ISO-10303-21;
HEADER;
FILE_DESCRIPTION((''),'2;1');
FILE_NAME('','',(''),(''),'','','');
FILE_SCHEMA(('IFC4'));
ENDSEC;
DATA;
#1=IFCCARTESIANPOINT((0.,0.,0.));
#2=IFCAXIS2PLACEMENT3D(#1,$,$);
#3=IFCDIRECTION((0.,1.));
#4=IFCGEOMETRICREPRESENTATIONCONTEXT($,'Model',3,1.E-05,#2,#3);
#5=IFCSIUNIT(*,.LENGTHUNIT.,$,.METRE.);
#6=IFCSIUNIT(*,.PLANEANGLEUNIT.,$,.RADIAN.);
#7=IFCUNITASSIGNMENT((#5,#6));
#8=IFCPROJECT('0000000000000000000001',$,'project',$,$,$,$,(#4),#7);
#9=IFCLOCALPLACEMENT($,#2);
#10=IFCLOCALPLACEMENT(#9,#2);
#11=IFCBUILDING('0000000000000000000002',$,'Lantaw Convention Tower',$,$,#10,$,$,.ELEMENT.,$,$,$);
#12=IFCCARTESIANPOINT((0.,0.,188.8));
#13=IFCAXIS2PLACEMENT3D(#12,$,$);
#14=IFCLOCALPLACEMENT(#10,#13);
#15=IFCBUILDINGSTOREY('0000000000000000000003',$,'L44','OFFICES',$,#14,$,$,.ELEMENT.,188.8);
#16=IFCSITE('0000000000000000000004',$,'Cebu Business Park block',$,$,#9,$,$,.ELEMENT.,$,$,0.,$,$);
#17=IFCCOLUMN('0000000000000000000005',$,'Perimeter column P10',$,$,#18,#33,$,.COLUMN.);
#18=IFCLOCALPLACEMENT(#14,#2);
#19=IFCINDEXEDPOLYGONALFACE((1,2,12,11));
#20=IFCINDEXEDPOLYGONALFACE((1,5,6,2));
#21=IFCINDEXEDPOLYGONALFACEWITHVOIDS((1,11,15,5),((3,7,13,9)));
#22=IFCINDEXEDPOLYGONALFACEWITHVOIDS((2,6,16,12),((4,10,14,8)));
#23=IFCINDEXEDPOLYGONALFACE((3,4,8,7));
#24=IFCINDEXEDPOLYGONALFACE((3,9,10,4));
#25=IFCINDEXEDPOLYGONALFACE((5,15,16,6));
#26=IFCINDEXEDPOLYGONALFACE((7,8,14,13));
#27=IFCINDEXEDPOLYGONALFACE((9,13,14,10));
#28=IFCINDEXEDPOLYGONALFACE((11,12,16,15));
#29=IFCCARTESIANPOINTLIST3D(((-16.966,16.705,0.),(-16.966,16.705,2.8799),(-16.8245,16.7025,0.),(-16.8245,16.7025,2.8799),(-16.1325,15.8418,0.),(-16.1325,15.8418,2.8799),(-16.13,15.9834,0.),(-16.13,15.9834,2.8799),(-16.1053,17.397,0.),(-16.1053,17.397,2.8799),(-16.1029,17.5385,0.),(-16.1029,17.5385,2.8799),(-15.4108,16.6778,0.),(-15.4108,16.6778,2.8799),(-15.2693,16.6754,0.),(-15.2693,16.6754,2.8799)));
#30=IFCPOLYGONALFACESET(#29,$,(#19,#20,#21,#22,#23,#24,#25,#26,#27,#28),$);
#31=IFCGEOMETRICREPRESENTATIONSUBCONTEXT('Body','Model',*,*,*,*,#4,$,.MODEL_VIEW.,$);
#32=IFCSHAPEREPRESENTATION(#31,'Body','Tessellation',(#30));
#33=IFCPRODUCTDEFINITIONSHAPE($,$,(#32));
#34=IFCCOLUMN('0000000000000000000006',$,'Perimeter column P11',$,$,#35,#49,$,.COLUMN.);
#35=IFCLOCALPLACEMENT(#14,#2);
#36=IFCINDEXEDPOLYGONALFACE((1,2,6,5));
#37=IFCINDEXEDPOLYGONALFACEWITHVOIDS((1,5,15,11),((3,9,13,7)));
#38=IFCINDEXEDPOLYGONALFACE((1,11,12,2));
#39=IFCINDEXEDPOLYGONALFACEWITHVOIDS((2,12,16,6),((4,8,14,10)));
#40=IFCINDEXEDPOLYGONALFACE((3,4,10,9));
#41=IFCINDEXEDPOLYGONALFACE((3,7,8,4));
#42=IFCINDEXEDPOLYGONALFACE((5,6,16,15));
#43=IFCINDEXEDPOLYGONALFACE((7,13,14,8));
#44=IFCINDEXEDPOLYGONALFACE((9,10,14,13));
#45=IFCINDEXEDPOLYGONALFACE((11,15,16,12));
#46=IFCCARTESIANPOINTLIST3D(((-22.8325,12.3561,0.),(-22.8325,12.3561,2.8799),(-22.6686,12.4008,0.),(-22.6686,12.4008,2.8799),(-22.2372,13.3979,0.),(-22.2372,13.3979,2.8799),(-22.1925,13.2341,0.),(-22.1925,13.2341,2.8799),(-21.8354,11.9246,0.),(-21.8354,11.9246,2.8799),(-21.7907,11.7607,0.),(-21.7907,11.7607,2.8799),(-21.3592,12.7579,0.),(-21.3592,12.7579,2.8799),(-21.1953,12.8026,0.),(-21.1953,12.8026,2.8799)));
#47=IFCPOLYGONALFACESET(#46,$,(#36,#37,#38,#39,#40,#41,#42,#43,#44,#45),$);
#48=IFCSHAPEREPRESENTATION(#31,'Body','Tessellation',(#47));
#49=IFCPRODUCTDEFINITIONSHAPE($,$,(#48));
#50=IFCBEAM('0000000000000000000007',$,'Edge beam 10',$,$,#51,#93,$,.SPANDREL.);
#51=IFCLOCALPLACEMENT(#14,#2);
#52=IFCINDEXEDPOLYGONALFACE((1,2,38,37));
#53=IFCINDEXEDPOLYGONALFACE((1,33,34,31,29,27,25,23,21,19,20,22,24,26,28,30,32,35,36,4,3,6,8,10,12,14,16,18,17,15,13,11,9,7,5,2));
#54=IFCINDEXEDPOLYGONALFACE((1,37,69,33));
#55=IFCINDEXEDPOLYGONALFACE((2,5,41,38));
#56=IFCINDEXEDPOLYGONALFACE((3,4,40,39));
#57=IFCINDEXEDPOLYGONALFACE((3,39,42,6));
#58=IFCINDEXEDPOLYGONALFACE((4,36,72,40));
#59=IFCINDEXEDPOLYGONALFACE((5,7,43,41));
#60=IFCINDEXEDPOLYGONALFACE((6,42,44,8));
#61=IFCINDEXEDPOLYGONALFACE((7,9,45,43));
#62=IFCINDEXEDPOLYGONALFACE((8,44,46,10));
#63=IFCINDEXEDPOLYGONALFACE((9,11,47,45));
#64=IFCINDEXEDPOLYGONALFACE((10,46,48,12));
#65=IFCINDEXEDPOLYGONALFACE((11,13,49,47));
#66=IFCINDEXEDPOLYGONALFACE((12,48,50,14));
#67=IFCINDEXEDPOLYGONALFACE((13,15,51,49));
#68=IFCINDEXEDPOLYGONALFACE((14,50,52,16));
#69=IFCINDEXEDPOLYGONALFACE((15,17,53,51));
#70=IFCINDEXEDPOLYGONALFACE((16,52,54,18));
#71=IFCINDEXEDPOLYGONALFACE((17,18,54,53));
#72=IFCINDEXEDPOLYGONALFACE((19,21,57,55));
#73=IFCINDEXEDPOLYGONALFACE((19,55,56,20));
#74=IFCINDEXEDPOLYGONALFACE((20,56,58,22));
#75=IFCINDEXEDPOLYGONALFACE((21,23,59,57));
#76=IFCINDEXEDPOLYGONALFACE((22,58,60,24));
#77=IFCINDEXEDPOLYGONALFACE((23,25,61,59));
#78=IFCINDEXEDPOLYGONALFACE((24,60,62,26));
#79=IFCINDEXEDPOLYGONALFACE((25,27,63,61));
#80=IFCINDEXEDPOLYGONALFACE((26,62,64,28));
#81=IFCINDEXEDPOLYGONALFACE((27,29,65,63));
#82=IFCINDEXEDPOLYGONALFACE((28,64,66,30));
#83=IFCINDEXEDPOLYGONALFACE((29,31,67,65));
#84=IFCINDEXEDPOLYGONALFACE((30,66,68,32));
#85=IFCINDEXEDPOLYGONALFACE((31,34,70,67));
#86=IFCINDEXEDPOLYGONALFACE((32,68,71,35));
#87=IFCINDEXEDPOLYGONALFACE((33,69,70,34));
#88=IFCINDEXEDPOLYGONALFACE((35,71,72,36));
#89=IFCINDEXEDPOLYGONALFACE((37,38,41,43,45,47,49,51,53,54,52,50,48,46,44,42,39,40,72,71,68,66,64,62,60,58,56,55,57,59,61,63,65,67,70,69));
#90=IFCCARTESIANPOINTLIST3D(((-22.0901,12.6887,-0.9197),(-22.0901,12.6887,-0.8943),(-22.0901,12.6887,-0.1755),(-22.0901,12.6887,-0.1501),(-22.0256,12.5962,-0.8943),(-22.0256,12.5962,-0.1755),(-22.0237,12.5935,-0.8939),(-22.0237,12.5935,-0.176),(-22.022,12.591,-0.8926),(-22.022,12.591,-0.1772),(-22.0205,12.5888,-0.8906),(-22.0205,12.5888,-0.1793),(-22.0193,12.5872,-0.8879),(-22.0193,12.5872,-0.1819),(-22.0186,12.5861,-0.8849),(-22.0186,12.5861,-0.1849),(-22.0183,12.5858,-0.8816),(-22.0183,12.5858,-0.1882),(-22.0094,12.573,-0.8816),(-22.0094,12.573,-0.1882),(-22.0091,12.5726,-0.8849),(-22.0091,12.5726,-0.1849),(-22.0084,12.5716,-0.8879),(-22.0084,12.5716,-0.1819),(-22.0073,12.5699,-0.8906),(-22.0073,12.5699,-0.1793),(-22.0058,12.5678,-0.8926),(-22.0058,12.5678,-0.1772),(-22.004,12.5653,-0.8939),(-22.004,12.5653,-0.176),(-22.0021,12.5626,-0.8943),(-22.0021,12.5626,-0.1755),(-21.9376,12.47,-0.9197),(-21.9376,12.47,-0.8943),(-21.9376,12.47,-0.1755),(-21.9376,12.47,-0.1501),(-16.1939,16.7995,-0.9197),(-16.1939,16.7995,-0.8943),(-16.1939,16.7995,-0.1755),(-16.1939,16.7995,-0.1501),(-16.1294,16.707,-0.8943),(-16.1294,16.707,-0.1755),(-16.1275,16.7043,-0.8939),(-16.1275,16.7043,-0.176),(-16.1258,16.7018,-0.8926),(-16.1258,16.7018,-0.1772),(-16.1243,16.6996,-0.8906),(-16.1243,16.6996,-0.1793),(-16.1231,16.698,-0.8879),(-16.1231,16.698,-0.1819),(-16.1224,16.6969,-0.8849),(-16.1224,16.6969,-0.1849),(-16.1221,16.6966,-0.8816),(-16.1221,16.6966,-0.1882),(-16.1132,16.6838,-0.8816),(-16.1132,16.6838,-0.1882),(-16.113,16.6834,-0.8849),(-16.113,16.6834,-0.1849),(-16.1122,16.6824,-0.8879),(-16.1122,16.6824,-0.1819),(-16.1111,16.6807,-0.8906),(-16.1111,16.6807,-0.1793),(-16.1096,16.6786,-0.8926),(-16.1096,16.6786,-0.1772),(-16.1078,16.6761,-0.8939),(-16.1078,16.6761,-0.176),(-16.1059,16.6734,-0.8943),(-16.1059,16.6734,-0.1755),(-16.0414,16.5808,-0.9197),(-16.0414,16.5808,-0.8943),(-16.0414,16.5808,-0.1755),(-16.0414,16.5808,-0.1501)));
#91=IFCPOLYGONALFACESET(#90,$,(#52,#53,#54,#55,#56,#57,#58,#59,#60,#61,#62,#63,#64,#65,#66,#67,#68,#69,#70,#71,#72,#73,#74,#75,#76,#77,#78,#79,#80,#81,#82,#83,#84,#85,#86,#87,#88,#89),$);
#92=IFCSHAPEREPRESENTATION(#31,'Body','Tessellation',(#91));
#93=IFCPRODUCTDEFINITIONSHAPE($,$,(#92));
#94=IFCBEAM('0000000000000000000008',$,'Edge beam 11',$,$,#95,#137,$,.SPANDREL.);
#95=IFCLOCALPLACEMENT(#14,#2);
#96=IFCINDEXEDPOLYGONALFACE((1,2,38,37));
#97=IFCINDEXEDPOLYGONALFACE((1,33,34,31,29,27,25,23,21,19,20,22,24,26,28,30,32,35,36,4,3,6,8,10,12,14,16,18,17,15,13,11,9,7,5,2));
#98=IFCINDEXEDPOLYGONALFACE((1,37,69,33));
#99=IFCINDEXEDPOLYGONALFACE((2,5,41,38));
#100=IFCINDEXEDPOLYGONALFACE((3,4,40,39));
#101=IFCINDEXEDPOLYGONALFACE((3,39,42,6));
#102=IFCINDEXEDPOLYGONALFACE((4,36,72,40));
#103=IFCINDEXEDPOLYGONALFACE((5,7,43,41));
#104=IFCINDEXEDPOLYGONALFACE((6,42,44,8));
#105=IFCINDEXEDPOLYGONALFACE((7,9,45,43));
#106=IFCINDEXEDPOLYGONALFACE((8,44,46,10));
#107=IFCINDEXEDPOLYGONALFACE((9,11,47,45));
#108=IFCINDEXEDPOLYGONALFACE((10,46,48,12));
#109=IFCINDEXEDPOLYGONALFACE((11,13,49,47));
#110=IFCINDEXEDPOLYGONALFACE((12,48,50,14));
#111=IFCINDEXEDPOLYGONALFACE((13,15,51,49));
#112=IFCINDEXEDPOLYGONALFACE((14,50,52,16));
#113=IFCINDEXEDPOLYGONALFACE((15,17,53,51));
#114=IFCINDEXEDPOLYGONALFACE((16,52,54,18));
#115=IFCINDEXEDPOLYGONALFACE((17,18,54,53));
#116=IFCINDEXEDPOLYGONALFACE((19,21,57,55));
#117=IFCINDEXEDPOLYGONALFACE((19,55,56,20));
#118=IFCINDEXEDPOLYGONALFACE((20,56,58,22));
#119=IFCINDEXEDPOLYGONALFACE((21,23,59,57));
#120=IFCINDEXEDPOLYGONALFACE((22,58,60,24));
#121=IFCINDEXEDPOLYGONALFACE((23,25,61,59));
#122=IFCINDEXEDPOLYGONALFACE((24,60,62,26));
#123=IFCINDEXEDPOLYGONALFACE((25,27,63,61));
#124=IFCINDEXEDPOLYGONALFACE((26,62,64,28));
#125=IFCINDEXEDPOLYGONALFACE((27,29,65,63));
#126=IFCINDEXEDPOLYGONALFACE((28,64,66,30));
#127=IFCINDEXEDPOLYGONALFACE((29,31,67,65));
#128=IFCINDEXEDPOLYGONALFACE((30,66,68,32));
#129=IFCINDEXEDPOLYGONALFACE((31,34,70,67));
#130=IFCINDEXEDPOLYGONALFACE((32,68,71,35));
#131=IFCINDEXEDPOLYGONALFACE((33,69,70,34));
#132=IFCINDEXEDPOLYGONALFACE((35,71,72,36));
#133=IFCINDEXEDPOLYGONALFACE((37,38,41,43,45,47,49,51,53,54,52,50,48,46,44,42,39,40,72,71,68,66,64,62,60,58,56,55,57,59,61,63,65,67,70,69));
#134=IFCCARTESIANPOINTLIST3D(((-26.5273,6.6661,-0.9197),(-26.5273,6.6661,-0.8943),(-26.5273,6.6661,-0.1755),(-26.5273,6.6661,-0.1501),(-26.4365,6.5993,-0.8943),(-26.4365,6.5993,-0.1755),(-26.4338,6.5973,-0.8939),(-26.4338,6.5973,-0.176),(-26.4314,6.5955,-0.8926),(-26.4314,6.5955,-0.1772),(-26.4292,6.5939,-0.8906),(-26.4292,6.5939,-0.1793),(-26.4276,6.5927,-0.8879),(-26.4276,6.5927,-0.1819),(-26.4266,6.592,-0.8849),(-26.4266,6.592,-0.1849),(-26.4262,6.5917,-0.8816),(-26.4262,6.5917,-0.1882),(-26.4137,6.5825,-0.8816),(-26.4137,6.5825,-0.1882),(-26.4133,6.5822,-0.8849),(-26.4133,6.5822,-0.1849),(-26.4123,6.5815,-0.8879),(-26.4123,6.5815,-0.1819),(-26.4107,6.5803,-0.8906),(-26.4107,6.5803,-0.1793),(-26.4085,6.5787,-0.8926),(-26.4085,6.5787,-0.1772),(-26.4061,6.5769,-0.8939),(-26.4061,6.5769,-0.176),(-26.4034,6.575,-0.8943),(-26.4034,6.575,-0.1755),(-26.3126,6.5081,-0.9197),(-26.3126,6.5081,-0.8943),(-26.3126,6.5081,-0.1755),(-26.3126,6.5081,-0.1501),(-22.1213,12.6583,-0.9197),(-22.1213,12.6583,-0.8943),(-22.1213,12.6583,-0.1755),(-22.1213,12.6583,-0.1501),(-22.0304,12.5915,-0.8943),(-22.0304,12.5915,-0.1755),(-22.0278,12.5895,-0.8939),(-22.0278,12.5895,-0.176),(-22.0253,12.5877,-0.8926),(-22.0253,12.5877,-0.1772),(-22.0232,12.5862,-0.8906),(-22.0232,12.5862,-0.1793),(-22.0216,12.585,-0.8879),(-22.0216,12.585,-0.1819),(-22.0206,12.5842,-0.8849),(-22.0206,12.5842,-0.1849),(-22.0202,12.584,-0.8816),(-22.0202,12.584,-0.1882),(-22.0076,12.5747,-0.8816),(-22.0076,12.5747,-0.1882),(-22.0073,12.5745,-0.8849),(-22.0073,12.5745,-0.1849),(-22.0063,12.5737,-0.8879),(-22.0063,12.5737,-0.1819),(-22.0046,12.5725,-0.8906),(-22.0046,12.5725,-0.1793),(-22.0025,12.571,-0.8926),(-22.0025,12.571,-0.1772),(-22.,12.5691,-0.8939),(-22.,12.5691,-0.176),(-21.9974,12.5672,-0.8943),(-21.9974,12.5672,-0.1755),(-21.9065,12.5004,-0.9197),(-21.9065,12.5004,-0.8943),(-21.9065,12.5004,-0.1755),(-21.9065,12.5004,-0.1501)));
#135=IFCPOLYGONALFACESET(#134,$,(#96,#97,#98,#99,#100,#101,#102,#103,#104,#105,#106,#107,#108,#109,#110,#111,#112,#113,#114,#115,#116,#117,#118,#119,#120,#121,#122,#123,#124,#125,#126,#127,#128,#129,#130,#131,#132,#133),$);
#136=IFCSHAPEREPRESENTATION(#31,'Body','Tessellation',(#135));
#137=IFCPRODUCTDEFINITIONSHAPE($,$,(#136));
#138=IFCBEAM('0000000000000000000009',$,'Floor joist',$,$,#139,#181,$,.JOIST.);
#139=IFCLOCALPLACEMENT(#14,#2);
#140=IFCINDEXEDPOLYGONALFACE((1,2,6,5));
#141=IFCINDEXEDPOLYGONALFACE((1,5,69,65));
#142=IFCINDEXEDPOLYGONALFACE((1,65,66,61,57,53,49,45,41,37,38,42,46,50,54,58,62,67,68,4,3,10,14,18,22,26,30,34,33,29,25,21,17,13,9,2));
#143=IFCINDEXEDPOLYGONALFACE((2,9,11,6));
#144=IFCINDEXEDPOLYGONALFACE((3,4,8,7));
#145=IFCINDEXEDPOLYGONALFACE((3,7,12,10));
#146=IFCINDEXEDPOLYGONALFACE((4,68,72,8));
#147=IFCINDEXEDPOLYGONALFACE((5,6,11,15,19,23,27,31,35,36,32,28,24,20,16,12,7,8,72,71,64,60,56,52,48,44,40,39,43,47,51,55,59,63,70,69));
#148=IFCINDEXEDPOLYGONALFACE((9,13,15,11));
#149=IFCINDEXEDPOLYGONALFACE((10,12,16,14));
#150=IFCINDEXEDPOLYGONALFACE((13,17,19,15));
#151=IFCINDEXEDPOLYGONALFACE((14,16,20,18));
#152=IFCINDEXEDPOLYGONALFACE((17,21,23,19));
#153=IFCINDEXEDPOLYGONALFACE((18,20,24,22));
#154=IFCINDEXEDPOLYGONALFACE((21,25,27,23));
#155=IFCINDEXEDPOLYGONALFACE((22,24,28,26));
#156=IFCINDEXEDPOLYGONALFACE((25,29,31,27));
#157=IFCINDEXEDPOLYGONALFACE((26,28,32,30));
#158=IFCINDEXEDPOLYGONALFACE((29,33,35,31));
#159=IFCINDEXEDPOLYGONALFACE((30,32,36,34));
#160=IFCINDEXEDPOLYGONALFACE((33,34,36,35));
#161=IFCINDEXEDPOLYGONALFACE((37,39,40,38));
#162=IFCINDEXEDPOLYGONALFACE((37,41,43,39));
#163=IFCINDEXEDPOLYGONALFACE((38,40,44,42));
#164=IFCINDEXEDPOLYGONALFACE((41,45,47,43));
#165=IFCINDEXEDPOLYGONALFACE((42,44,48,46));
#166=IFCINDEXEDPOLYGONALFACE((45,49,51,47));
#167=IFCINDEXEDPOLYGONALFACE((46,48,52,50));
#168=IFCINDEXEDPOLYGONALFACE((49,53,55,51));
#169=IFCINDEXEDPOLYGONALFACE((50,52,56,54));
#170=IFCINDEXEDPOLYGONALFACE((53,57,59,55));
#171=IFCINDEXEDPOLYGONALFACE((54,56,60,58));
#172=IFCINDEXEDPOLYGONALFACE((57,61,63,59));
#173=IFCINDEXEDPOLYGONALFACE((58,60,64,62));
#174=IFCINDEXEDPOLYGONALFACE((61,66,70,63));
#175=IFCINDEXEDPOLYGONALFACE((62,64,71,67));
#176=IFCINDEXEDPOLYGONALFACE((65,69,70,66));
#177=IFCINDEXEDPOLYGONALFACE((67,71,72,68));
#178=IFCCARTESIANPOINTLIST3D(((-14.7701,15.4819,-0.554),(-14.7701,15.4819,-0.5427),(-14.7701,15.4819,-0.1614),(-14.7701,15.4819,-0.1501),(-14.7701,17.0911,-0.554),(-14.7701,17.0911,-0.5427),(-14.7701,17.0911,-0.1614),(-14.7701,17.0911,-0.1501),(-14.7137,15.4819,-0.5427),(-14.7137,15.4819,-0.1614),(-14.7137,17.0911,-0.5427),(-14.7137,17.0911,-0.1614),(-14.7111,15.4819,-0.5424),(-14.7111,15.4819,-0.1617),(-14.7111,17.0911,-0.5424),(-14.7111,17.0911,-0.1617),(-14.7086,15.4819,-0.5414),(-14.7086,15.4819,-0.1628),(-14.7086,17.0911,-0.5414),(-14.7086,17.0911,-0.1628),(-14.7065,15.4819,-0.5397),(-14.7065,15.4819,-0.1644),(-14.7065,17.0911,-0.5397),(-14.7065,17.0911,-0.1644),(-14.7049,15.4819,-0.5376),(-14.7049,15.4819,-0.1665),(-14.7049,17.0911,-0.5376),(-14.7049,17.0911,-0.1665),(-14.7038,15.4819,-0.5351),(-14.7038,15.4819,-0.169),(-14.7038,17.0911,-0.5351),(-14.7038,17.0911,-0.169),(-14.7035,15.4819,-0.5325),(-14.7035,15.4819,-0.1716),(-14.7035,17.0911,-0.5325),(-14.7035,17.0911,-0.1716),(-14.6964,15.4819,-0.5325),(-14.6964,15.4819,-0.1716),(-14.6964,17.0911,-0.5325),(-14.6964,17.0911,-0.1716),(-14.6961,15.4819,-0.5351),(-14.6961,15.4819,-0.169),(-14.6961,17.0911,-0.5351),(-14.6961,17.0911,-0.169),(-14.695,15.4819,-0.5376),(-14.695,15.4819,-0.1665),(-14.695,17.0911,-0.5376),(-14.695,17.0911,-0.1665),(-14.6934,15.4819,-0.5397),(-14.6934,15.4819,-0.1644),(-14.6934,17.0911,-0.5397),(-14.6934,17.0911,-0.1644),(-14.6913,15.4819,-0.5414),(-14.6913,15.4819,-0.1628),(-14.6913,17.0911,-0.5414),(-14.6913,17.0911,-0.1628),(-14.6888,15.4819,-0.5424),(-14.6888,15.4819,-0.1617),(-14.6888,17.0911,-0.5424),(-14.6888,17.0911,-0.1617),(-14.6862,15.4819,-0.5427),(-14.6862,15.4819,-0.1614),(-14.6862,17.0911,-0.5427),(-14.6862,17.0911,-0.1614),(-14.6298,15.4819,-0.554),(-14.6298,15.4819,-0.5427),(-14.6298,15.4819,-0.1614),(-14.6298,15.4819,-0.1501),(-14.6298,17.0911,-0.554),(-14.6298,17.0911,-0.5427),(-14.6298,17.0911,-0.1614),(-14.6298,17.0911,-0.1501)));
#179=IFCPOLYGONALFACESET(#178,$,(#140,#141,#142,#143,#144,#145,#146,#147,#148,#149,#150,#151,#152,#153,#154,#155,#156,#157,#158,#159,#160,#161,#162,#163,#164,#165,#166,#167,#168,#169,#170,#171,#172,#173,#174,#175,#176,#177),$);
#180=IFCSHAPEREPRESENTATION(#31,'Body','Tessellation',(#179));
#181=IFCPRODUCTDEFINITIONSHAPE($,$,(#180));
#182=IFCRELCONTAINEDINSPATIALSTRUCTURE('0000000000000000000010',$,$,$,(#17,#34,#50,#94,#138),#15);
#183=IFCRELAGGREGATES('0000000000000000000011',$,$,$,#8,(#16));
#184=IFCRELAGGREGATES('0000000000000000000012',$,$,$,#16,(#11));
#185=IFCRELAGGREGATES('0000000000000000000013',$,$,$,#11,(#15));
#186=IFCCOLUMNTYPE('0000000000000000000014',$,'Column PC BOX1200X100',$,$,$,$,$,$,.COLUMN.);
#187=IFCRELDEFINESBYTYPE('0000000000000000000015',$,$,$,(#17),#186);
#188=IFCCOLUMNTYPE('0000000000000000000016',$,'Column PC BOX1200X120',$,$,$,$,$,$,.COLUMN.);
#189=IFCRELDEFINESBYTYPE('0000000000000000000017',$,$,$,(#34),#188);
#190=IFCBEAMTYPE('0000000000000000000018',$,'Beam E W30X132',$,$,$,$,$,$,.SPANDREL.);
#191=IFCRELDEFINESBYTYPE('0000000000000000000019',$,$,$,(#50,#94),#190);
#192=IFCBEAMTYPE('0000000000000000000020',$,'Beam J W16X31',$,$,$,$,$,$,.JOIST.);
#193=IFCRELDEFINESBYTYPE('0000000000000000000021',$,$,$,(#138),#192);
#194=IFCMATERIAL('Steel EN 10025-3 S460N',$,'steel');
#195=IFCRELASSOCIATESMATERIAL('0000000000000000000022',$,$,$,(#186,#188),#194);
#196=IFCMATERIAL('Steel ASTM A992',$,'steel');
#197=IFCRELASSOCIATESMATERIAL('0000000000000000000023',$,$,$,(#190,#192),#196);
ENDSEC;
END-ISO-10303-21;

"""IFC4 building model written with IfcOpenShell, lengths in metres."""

from ifc_helpers import new_model, si_unit, direction, frame, origin, origin_2d, place, context, subcontext, project, spatial, rectangle, hollow_rectangle, i_section, extrude, material, material_profile, profile_set, type_object, element, save


model = new_model("IFC4")

# Units and contexts
model_context = context("Model", 3, precision=1e-05, world=origin(), true_north=direction((0.0, 1.0)))
body_context = subcontext(model_context, "Body", "Model", "MODEL_VIEW")
ifc_project = project(units=[si_unit("LENGTHUNIT", "METRE"), si_unit("PLANEANGLEUNIT", "RADIAN")], contexts=[model_context])

# Site, building, storey
site_placement = place(None, origin())
site = spatial("IfcSite", under=ifc_project, at=site_placement, Name="Cebu Business Park block", CompositionType="ELEMENT", RefElevation=0.0)
building_placement = place(site_placement, origin())
building = spatial("IfcBuilding", under=site, at=building_placement, Name="Lantaw Convention Tower", CompositionType="ELEMENT")
storey_placement = place(building_placement, frame((0.0, 0.0, 188.8)))
storey = spatial("IfcBuildingStorey", under=building, at=storey_placement, Name="L44", Description="OFFICES", CompositionType="ELEMENT", Elevation=188.8)

# Columns
ifc_material_1 = material(Name="Steel EN 10025-3 S460N", Category="steel")
ifc_material_profile_1 = material_profile(ifc_material_1, hollow_rectangle(XDim=1.2, YDim=1.2, WallThickness=0.1001, at=origin_2d()), Name="BOX1200X100")
ifc_material_2 = material(Name="Concrete C60/75", Category="concrete")
ifc_material_profile_2 = material_profile(ifc_material_2, rectangle(XDim=1.0, YDim=1.0, at=origin_2d()), Name="Concrete fill of BOX1200X100")
ifc_profile_set_1 = profile_set([ifc_material_profile_1, ifc_material_profile_2], Name="Steel EN 10025-3 S460N")
column_type_1 = type_object("IfcColumnType", Name="Column PC BOX1200X100", PredefinedType="COLUMN", material=ifc_profile_set_1)
column_1_placement = place(storey_placement, frame((-16.1177, 16.6902, 0.0), z_axis=(0.0, 0.0, 1.0), x_axis=(0.71934, 0.694658, 0.0)))
element("IfcColumn", 1, at=column_1_placement, inside=storey, type_object=column_type_1, Name="Perimeter column P10", PredefinedType="COLUMN", context=body_context, shape_type="SweptSolid", body=[
    extrude(hollow_rectangle(XDim=1.2, YDim=1.2, WallThickness=0.1001, at=origin_2d()), origin(), (0.0, 0.0, 1.0), 2.8799),
])
ifc_material_profile_3 = material_profile(ifc_material_1, hollow_rectangle(XDim=1.2, YDim=1.2, WallThickness=0.1201, at=origin_2d()), Name="BOX1200X120")
ifc_material_profile_4 = material_profile(ifc_material_2, rectangle(XDim=0.96, YDim=0.96, at=origin_2d()), Name="Concrete fill of BOX1200X120")
ifc_profile_set_2 = profile_set([ifc_material_profile_3, ifc_material_profile_4], Name="Steel EN 10025-3 S460N")
column_type_2 = type_object("IfcColumnType", Name="Column PC BOX1200X120", PredefinedType="COLUMN", material=ifc_profile_set_2)
column_2_placement = place(storey_placement, frame((-22.0139, 12.5793, 0.0), z_axis=(0.0, 0.0, 1.0), x_axis=(0.496139, 0.868243, 0.0)))
element("IfcColumn", 2, at=column_2_placement, inside=storey, type_object=column_type_2, Name="Perimeter column P11", PredefinedType="COLUMN", context=body_context, shape_type="SweptSolid", body=[
    extrude(hollow_rectangle(XDim=1.2, YDim=1.2, WallThickness=0.1201, at=origin_2d()), origin(), (0.0, 0.0, 1.0), 2.8799),
])

# Beams
ifc_material_3 = material(Name="Steel ASTM A992", Category="steel")
ifc_material_profile_5 = material_profile(ifc_material_3, i_section(OverallWidth=0.2666, OverallDepth=0.7695, WebThickness=0.0156, FlangeThickness=0.0254, FilletRadius=0.0127, at=origin_2d()), Name="W30X132")
ifc_profile_set_3 = profile_set([ifc_material_profile_5], Name="Steel ASTM A992")
beam_type_1 = type_object("IfcBeamType", Name="Beam E W30X132", PredefinedType="SPANDREL", material=ifc_profile_set_3)
beam_1_placement = place(storey_placement, frame((-16.1177, 16.6902, -0.5349), z_axis=(-0.820311, -0.571918, 0.0), x_axis=(0.571918, -0.820311, 0.0)))
element("IfcBeam", 3, at=beam_1_placement, inside=storey, type_object=beam_type_1, Name="Edge beam 10", PredefinedType="SPANDREL", context=body_context, shape_type="SweptSolid", body=[
    extrude(i_section(OverallWidth=0.2666, OverallDepth=0.7695, WebThickness=0.0156, FlangeThickness=0.0254, FilletRadius=0.0127, at=origin_2d()), origin(), (0.0, 0.0, 1.0), 7.1877),
])
beam_2_placement = place(storey_placement, frame((-22.0139, 12.5793, -0.5349), z_axis=(-0.592389, -0.805652, 0.0), x_axis=(0.805652, -0.592389, 0.0)))
element("IfcBeam", 4, at=beam_2_placement, inside=storey, type_object=beam_type_1, Name="Edge beam 11", PredefinedType="SPANDREL", context=body_context, shape_type="SweptSolid", body=[
    extrude(i_section(OverallWidth=0.2666, OverallDepth=0.7695, WebThickness=0.0156, FlangeThickness=0.0254, FilletRadius=0.0127, at=origin_2d()), origin(), (0.0, 0.0, 1.0), 7.4377),
])
ifc_material_profile_6 = material_profile(ifc_material_3, i_section(OverallWidth=0.1404, OverallDepth=0.4038, WebThickness=0.0071, FlangeThickness=0.0112, FilletRadius=0.0103, at=origin_2d()), Name="W16X31")
ifc_profile_set_4 = profile_set([ifc_material_profile_6], Name="Steel ASTM A992")
beam_type_2 = type_object("IfcBeamType", Name="Beam J W16X31", PredefinedType="JOIST", material=ifc_profile_set_4)
beam_3_placement = place(storey_placement, frame((-14.7, 15.4819, -0.3521), z_axis=(0.0, 1.0, 0.0), x_axis=(-1.0, 0.0, 0.0)))
element("IfcBeam", 5, at=beam_3_placement, inside=storey, type_object=beam_type_2, Name="Floor joist", PredefinedType="JOIST", context=body_context, shape_type="SweptSolid", body=[
    extrude(i_section(OverallWidth=0.1404, OverallDepth=0.4038, WebThickness=0.0071, FlangeThickness=0.0112, FilletRadius=0.0103, at=origin_2d()), origin(), (0.0, 0.0, 1.0), 1.6091),
])

save(model, "model.ifc")
